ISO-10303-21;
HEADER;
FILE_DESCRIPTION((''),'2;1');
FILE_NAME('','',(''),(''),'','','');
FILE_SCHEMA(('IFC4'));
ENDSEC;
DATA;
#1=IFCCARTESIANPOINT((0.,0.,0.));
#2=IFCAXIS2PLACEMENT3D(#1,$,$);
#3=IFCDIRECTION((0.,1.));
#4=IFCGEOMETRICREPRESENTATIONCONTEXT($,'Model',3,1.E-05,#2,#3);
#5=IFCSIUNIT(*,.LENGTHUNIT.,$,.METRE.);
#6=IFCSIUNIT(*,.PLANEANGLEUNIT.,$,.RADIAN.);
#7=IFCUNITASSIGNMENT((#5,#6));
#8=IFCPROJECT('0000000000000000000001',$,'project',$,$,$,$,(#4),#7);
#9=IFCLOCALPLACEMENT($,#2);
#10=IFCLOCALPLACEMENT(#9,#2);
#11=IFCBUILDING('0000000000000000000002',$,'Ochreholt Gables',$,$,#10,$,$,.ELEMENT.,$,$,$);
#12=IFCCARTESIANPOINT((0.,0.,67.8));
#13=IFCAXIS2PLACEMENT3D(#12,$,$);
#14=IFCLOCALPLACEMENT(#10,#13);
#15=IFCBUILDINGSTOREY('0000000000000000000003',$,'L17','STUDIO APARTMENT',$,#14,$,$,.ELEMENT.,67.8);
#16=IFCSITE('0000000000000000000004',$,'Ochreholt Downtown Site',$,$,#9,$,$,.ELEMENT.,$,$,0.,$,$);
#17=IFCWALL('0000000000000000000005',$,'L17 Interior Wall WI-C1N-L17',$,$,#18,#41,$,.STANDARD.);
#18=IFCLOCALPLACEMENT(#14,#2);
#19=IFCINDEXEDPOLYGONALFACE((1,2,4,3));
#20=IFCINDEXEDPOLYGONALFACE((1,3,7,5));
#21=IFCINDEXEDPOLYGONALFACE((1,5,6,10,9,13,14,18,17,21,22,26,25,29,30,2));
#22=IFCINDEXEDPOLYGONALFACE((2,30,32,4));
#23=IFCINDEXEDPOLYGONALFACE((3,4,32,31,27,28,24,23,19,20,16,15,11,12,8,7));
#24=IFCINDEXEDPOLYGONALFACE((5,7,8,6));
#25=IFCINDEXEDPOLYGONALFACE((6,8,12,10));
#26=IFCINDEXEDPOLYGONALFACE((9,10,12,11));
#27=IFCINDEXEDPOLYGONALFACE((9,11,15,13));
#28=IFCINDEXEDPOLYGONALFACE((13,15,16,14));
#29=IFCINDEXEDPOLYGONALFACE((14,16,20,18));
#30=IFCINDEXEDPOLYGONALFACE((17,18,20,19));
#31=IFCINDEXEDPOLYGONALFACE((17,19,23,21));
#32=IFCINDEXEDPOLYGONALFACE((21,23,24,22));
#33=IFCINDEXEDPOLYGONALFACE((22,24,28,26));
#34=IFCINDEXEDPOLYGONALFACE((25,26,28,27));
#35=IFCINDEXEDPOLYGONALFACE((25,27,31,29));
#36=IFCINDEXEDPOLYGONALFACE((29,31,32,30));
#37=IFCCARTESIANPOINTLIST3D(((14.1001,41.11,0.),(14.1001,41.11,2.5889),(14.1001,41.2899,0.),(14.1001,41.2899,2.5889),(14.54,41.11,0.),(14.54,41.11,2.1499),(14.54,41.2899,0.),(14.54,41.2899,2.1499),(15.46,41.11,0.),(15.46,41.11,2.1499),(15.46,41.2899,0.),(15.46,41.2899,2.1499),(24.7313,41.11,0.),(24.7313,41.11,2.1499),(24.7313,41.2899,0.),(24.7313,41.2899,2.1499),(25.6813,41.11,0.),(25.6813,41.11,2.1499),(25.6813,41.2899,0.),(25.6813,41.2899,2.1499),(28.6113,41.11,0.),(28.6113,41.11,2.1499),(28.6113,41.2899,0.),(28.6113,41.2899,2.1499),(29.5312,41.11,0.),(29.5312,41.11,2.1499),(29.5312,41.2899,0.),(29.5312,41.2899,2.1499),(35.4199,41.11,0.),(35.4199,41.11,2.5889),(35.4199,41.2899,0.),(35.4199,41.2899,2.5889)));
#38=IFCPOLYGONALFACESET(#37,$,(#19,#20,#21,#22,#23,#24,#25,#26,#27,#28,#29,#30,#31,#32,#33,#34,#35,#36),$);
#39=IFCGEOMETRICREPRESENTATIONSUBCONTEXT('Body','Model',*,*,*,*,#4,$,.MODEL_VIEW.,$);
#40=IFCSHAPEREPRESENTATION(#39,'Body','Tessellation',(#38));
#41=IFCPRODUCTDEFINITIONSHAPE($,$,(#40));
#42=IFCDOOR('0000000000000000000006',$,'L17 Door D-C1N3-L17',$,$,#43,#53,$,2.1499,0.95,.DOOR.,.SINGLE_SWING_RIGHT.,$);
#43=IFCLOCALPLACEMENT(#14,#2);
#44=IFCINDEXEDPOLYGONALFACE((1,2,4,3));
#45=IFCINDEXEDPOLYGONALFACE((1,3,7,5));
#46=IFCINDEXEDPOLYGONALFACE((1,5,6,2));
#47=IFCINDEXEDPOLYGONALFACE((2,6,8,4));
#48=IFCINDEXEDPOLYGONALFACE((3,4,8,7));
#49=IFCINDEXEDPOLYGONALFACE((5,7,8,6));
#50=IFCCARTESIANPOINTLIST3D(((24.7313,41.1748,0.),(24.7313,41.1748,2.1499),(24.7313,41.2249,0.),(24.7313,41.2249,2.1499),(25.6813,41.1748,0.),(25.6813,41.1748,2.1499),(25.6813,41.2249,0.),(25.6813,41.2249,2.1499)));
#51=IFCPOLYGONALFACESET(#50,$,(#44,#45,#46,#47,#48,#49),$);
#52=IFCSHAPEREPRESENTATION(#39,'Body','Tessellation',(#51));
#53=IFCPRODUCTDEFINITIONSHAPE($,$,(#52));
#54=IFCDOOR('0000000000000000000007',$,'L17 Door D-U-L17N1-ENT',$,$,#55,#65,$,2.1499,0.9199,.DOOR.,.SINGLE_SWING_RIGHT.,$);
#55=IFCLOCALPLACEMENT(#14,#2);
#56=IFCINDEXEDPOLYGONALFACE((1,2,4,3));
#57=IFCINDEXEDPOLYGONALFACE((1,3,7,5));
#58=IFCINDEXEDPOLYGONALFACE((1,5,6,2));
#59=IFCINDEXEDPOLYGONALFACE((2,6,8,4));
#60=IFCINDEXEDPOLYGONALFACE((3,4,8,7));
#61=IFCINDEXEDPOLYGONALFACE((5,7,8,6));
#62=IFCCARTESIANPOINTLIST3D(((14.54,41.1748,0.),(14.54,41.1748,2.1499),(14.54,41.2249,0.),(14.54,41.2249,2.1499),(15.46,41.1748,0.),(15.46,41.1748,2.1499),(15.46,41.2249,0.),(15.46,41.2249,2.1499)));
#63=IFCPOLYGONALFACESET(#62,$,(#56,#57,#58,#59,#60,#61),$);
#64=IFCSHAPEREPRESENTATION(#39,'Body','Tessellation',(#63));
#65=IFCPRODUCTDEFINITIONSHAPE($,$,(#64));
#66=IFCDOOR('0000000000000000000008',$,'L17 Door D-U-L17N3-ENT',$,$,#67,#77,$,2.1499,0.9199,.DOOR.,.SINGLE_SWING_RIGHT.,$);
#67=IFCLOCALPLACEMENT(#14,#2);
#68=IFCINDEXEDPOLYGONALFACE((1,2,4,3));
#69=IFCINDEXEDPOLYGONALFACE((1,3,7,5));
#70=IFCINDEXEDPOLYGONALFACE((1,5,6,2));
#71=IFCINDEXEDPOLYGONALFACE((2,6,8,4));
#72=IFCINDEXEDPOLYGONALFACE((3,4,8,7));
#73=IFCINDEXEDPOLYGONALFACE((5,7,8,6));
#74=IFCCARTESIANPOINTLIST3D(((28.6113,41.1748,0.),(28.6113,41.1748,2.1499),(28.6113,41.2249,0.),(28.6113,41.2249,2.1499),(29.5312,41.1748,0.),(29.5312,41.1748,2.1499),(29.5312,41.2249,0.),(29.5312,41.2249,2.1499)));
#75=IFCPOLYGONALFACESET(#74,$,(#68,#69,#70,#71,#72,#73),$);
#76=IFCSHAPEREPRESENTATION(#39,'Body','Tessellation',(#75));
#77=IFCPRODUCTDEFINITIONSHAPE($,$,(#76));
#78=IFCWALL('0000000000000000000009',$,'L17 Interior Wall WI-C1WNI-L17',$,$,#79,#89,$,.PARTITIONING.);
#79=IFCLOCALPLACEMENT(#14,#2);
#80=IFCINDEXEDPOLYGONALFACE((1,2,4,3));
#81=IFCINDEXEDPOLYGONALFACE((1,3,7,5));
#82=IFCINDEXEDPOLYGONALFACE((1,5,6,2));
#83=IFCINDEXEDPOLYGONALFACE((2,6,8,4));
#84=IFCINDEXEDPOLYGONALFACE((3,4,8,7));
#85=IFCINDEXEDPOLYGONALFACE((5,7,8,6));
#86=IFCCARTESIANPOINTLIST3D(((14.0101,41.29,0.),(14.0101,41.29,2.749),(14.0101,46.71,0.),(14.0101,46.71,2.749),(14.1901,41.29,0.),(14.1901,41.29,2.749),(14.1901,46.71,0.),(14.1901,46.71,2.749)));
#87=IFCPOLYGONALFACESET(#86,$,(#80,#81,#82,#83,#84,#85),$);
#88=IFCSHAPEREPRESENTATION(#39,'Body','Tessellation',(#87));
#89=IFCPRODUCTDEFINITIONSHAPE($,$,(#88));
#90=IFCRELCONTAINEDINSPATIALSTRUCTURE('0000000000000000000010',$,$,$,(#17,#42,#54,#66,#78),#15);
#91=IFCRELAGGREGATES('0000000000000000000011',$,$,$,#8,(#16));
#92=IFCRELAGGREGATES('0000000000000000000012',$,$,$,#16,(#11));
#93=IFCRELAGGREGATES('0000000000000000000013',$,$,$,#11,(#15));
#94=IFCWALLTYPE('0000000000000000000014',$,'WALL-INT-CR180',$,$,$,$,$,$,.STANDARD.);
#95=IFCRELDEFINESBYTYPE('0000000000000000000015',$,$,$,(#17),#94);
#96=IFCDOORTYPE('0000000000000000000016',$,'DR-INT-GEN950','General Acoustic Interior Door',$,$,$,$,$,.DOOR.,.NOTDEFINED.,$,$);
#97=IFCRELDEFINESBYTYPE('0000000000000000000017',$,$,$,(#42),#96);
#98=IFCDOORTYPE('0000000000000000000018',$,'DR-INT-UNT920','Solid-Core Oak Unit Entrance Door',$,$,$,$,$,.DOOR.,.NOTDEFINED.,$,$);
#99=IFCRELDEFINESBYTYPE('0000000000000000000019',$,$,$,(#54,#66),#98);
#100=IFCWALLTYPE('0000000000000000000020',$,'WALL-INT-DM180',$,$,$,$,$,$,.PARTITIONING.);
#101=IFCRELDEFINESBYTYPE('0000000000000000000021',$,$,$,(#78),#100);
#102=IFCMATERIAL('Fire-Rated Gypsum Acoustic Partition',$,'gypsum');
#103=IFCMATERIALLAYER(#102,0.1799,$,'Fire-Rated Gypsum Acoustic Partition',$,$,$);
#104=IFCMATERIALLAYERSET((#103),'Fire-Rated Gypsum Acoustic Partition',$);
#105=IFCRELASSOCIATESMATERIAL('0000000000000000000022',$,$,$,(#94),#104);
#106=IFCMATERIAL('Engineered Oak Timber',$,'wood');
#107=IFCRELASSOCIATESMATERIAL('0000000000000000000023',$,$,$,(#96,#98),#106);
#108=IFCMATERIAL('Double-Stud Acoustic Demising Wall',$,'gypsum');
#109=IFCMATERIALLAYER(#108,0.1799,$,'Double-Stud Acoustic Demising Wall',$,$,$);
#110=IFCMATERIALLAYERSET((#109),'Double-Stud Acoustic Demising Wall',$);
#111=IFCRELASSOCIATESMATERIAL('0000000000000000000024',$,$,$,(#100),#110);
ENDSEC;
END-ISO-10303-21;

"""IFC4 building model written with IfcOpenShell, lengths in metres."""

from ifc_helpers import new_model, si_unit, direction, frame, frame_2d, origin, place, context, subcontext, project, spatial, rectangle, extrude, material, layer, layer_set, type_object, element, fill, save


model = new_model("IFC4")

# Units and contexts
model_context = context("Model", 3, precision=1e-05, world=origin(), true_north=direction((0.0, 1.0)))
body_context = subcontext(model_context, "Body", "Model", "MODEL_VIEW")
ifc_project = project(units=[si_unit("LENGTHUNIT", "METRE"), si_unit("PLANEANGLEUNIT", "RADIAN")], contexts=[model_context])

# Site, building, storey
site_placement = place(None, origin())
site = spatial("IfcSite", under=ifc_project, at=site_placement, Name="Ochreholt Downtown Site", CompositionType="ELEMENT", RefElevation=0.0)
building_placement = place(site_placement, origin())
building = spatial("IfcBuilding", under=site, at=building_placement, Name="Ochreholt Gables", CompositionType="ELEMENT")
storey_placement = place(building_placement, frame((0.0, 0.0, 67.8)))
storey = spatial("IfcBuildingStorey", under=building, at=storey_placement, Name="L17", Description="STUDIO APARTMENT", CompositionType="ELEMENT", Elevation=67.8)

# Wall, openings, doors
ifc_material_1 = material(Name="Fire-Rated Gypsum Acoustic Partition", Category="gypsum")
ifc_layer_1 = layer(ifc_material_1, 0.1799, Name="Fire-Rated Gypsum Acoustic Partition")
ifc_layer_set_1 = layer_set([ifc_layer_1], Name="Fire-Rated Gypsum Acoustic Partition")
wall_type_1 = type_object("IfcWallType", Name="WALL-INT-CR180", PredefinedType="STANDARD", material=ifc_layer_set_1)
wall_1_placement = place(storey_placement, frame((14.1001, 41.2, 0.0), z_axis=(0.0, 0.0, 1.0), x_axis=(1.0, 0.0, 0.0)))
wall_1 = element("IfcWall", 1, at=wall_1_placement, inside=storey, type_object=wall_type_1, Name="L17 Interior Wall WI-C1N-L17", PredefinedType="STANDARD", context=body_context, shape_type="SweptSolid", body=[
    extrude(rectangle(XDim=21.3198, YDim=0.1799, at=frame_2d((10.6599, 0.0))), origin(), (0.0, 0.0, 1.0), 2.5889),
])
opening_1_placement = place(wall_1_placement, frame((0.4399, 0.0, 0.0)))
opening_1 = element("IfcOpeningElement", 2, at=opening_1_placement, cuts=wall_1, PredefinedType="OPENING", context=body_context, shape_type="SweptSolid", body=[
    extrude(rectangle(XDim=0.9199, YDim=2.1499, at=frame_2d((0.46, 1.075))), frame((0.0, 0.0999, 0.0), z_axis=(0.0, -1.0, 0.0), x_axis=(1.0, 0.0, 0.0)), (0.0, 0.0, 1.0), 0.2),
])
opening_2_placement = place(wall_1_placement, frame((10.6311, 0.0, 0.0)))
opening_2 = element("IfcOpeningElement", 3, at=opening_2_placement, cuts=wall_1, PredefinedType="OPENING", context=body_context, shape_type="SweptSolid", body=[
    extrude(rectangle(XDim=0.95, YDim=2.1499, at=frame_2d((0.4751, 1.075))), frame((0.0, 0.0999, 0.0), z_axis=(0.0, -1.0, 0.0), x_axis=(1.0, 0.0, 0.0)), (0.0, 0.0, 1.0), 0.2),
])
opening_3_placement = place(wall_1_placement, frame((14.5112, 0.0, 0.0)))
opening_3 = element("IfcOpeningElement", 4, at=opening_3_placement, cuts=wall_1, PredefinedType="OPENING", context=body_context, shape_type="SweptSolid", body=[
    extrude(rectangle(XDim=0.9199, YDim=2.1499, at=frame_2d((0.46, 1.075))), frame((0.0, 0.0999, 0.0), z_axis=(0.0, -1.0, 0.0), x_axis=(1.0, 0.0, 0.0)), (0.0, 0.0, 1.0), 0.2),
])
ifc_material_2 = material(Name="Engineered Oak Timber", Category="wood")
door_type_1 = type_object("IfcDoorType", Name="DR-INT-GEN950", Description="General Acoustic Interior Door", OperationType="NOTDEFINED", PredefinedType="DOOR", material=ifc_material_2)
door_1_placement = place(opening_2_placement, origin())
door_1 = element("IfcDoor", 5, at=door_1_placement, inside=storey, type_object=door_type_1, Name="L17 Door D-C1N3-L17", OperationType="SINGLE_SWING_RIGHT", OverallHeight=2.1499, OverallWidth=0.95, PredefinedType="DOOR", context=body_context, shape_type="SweptSolid", body=[
    extrude(rectangle(XDim=0.95, YDim=2.1499, at=frame_2d((0.4751, 1.075))), frame((0.0, 0.0249, 0.0), z_axis=(0.0, -1.0, 0.0), x_axis=(1.0, 0.0, 0.0)), (0.0, 0.0, 1.0), 0.05),
])
fill(opening_2, door_1)
door_type_2 = type_object("IfcDoorType", Name="DR-INT-UNT920", Description="Solid-Core Oak Unit Entrance Door", OperationType="NOTDEFINED", PredefinedType="DOOR", material=ifc_material_2)
door_2_placement = place(opening_1_placement, origin())
door_2 = element("IfcDoor", 6, at=door_2_placement, inside=storey, type_object=door_type_2, Name="L17 Door D-U-L17N1-ENT", OperationType="SINGLE_SWING_RIGHT", OverallHeight=2.1499, OverallWidth=0.9199, PredefinedType="DOOR", context=body_context, shape_type="SweptSolid", body=[
    extrude(rectangle(XDim=0.9199, YDim=2.1499, at=frame_2d((0.46, 1.075))), frame((0.0, 0.0249, 0.0), z_axis=(0.0, -1.0, 0.0), x_axis=(1.0, 0.0, 0.0)), (0.0, 0.0, 1.0), 0.05),
])
fill(opening_1, door_2)
door_3_placement = place(opening_3_placement, origin())
door_3 = element("IfcDoor", 7, at=door_3_placement, inside=storey, type_object=door_type_2, Name="L17 Door D-U-L17N3-ENT", OperationType="SINGLE_SWING_RIGHT", OverallHeight=2.1499, OverallWidth=0.9199, PredefinedType="DOOR", context=body_context, shape_type="SweptSolid", body=[
    extrude(rectangle(XDim=0.9199, YDim=2.1499, at=frame_2d((0.46, 1.075))), frame((0.0, 0.0249, 0.0), z_axis=(0.0, -1.0, 0.0), x_axis=(1.0, 0.0, 0.0)), (0.0, 0.0, 1.0), 0.05),
])
fill(opening_3, door_3)

# Wall
ifc_material_3 = material(Name="Double-Stud Acoustic Demising Wall", Category="gypsum")
ifc_layer_2 = layer(ifc_material_3, 0.1799, Name="Double-Stud Acoustic Demising Wall")
ifc_layer_set_2 = layer_set([ifc_layer_2], Name="Double-Stud Acoustic Demising Wall")
wall_type_2 = type_object("IfcWallType", Name="WALL-INT-DM180", PredefinedType="PARTITIONING", material=ifc_layer_set_2)
wall_2_placement = place(storey_placement, frame((14.1001, 41.29, 0.0), z_axis=(0.0, 0.0, 1.0), x_axis=(0.0, 1.0, 0.0)))
element("IfcWall", 8, at=wall_2_placement, inside=storey, type_object=wall_type_2, Name="L17 Interior Wall WI-C1WNI-L17", PredefinedType="PARTITIONING", context=body_context, shape_type="SweptSolid", body=[
    extrude(rectangle(XDim=5.4199, YDim=0.1799, at=frame_2d((2.71, 0.0))), origin(), (0.0, 0.0, 1.0), 2.749),
])

save(model, "model.ifc")
